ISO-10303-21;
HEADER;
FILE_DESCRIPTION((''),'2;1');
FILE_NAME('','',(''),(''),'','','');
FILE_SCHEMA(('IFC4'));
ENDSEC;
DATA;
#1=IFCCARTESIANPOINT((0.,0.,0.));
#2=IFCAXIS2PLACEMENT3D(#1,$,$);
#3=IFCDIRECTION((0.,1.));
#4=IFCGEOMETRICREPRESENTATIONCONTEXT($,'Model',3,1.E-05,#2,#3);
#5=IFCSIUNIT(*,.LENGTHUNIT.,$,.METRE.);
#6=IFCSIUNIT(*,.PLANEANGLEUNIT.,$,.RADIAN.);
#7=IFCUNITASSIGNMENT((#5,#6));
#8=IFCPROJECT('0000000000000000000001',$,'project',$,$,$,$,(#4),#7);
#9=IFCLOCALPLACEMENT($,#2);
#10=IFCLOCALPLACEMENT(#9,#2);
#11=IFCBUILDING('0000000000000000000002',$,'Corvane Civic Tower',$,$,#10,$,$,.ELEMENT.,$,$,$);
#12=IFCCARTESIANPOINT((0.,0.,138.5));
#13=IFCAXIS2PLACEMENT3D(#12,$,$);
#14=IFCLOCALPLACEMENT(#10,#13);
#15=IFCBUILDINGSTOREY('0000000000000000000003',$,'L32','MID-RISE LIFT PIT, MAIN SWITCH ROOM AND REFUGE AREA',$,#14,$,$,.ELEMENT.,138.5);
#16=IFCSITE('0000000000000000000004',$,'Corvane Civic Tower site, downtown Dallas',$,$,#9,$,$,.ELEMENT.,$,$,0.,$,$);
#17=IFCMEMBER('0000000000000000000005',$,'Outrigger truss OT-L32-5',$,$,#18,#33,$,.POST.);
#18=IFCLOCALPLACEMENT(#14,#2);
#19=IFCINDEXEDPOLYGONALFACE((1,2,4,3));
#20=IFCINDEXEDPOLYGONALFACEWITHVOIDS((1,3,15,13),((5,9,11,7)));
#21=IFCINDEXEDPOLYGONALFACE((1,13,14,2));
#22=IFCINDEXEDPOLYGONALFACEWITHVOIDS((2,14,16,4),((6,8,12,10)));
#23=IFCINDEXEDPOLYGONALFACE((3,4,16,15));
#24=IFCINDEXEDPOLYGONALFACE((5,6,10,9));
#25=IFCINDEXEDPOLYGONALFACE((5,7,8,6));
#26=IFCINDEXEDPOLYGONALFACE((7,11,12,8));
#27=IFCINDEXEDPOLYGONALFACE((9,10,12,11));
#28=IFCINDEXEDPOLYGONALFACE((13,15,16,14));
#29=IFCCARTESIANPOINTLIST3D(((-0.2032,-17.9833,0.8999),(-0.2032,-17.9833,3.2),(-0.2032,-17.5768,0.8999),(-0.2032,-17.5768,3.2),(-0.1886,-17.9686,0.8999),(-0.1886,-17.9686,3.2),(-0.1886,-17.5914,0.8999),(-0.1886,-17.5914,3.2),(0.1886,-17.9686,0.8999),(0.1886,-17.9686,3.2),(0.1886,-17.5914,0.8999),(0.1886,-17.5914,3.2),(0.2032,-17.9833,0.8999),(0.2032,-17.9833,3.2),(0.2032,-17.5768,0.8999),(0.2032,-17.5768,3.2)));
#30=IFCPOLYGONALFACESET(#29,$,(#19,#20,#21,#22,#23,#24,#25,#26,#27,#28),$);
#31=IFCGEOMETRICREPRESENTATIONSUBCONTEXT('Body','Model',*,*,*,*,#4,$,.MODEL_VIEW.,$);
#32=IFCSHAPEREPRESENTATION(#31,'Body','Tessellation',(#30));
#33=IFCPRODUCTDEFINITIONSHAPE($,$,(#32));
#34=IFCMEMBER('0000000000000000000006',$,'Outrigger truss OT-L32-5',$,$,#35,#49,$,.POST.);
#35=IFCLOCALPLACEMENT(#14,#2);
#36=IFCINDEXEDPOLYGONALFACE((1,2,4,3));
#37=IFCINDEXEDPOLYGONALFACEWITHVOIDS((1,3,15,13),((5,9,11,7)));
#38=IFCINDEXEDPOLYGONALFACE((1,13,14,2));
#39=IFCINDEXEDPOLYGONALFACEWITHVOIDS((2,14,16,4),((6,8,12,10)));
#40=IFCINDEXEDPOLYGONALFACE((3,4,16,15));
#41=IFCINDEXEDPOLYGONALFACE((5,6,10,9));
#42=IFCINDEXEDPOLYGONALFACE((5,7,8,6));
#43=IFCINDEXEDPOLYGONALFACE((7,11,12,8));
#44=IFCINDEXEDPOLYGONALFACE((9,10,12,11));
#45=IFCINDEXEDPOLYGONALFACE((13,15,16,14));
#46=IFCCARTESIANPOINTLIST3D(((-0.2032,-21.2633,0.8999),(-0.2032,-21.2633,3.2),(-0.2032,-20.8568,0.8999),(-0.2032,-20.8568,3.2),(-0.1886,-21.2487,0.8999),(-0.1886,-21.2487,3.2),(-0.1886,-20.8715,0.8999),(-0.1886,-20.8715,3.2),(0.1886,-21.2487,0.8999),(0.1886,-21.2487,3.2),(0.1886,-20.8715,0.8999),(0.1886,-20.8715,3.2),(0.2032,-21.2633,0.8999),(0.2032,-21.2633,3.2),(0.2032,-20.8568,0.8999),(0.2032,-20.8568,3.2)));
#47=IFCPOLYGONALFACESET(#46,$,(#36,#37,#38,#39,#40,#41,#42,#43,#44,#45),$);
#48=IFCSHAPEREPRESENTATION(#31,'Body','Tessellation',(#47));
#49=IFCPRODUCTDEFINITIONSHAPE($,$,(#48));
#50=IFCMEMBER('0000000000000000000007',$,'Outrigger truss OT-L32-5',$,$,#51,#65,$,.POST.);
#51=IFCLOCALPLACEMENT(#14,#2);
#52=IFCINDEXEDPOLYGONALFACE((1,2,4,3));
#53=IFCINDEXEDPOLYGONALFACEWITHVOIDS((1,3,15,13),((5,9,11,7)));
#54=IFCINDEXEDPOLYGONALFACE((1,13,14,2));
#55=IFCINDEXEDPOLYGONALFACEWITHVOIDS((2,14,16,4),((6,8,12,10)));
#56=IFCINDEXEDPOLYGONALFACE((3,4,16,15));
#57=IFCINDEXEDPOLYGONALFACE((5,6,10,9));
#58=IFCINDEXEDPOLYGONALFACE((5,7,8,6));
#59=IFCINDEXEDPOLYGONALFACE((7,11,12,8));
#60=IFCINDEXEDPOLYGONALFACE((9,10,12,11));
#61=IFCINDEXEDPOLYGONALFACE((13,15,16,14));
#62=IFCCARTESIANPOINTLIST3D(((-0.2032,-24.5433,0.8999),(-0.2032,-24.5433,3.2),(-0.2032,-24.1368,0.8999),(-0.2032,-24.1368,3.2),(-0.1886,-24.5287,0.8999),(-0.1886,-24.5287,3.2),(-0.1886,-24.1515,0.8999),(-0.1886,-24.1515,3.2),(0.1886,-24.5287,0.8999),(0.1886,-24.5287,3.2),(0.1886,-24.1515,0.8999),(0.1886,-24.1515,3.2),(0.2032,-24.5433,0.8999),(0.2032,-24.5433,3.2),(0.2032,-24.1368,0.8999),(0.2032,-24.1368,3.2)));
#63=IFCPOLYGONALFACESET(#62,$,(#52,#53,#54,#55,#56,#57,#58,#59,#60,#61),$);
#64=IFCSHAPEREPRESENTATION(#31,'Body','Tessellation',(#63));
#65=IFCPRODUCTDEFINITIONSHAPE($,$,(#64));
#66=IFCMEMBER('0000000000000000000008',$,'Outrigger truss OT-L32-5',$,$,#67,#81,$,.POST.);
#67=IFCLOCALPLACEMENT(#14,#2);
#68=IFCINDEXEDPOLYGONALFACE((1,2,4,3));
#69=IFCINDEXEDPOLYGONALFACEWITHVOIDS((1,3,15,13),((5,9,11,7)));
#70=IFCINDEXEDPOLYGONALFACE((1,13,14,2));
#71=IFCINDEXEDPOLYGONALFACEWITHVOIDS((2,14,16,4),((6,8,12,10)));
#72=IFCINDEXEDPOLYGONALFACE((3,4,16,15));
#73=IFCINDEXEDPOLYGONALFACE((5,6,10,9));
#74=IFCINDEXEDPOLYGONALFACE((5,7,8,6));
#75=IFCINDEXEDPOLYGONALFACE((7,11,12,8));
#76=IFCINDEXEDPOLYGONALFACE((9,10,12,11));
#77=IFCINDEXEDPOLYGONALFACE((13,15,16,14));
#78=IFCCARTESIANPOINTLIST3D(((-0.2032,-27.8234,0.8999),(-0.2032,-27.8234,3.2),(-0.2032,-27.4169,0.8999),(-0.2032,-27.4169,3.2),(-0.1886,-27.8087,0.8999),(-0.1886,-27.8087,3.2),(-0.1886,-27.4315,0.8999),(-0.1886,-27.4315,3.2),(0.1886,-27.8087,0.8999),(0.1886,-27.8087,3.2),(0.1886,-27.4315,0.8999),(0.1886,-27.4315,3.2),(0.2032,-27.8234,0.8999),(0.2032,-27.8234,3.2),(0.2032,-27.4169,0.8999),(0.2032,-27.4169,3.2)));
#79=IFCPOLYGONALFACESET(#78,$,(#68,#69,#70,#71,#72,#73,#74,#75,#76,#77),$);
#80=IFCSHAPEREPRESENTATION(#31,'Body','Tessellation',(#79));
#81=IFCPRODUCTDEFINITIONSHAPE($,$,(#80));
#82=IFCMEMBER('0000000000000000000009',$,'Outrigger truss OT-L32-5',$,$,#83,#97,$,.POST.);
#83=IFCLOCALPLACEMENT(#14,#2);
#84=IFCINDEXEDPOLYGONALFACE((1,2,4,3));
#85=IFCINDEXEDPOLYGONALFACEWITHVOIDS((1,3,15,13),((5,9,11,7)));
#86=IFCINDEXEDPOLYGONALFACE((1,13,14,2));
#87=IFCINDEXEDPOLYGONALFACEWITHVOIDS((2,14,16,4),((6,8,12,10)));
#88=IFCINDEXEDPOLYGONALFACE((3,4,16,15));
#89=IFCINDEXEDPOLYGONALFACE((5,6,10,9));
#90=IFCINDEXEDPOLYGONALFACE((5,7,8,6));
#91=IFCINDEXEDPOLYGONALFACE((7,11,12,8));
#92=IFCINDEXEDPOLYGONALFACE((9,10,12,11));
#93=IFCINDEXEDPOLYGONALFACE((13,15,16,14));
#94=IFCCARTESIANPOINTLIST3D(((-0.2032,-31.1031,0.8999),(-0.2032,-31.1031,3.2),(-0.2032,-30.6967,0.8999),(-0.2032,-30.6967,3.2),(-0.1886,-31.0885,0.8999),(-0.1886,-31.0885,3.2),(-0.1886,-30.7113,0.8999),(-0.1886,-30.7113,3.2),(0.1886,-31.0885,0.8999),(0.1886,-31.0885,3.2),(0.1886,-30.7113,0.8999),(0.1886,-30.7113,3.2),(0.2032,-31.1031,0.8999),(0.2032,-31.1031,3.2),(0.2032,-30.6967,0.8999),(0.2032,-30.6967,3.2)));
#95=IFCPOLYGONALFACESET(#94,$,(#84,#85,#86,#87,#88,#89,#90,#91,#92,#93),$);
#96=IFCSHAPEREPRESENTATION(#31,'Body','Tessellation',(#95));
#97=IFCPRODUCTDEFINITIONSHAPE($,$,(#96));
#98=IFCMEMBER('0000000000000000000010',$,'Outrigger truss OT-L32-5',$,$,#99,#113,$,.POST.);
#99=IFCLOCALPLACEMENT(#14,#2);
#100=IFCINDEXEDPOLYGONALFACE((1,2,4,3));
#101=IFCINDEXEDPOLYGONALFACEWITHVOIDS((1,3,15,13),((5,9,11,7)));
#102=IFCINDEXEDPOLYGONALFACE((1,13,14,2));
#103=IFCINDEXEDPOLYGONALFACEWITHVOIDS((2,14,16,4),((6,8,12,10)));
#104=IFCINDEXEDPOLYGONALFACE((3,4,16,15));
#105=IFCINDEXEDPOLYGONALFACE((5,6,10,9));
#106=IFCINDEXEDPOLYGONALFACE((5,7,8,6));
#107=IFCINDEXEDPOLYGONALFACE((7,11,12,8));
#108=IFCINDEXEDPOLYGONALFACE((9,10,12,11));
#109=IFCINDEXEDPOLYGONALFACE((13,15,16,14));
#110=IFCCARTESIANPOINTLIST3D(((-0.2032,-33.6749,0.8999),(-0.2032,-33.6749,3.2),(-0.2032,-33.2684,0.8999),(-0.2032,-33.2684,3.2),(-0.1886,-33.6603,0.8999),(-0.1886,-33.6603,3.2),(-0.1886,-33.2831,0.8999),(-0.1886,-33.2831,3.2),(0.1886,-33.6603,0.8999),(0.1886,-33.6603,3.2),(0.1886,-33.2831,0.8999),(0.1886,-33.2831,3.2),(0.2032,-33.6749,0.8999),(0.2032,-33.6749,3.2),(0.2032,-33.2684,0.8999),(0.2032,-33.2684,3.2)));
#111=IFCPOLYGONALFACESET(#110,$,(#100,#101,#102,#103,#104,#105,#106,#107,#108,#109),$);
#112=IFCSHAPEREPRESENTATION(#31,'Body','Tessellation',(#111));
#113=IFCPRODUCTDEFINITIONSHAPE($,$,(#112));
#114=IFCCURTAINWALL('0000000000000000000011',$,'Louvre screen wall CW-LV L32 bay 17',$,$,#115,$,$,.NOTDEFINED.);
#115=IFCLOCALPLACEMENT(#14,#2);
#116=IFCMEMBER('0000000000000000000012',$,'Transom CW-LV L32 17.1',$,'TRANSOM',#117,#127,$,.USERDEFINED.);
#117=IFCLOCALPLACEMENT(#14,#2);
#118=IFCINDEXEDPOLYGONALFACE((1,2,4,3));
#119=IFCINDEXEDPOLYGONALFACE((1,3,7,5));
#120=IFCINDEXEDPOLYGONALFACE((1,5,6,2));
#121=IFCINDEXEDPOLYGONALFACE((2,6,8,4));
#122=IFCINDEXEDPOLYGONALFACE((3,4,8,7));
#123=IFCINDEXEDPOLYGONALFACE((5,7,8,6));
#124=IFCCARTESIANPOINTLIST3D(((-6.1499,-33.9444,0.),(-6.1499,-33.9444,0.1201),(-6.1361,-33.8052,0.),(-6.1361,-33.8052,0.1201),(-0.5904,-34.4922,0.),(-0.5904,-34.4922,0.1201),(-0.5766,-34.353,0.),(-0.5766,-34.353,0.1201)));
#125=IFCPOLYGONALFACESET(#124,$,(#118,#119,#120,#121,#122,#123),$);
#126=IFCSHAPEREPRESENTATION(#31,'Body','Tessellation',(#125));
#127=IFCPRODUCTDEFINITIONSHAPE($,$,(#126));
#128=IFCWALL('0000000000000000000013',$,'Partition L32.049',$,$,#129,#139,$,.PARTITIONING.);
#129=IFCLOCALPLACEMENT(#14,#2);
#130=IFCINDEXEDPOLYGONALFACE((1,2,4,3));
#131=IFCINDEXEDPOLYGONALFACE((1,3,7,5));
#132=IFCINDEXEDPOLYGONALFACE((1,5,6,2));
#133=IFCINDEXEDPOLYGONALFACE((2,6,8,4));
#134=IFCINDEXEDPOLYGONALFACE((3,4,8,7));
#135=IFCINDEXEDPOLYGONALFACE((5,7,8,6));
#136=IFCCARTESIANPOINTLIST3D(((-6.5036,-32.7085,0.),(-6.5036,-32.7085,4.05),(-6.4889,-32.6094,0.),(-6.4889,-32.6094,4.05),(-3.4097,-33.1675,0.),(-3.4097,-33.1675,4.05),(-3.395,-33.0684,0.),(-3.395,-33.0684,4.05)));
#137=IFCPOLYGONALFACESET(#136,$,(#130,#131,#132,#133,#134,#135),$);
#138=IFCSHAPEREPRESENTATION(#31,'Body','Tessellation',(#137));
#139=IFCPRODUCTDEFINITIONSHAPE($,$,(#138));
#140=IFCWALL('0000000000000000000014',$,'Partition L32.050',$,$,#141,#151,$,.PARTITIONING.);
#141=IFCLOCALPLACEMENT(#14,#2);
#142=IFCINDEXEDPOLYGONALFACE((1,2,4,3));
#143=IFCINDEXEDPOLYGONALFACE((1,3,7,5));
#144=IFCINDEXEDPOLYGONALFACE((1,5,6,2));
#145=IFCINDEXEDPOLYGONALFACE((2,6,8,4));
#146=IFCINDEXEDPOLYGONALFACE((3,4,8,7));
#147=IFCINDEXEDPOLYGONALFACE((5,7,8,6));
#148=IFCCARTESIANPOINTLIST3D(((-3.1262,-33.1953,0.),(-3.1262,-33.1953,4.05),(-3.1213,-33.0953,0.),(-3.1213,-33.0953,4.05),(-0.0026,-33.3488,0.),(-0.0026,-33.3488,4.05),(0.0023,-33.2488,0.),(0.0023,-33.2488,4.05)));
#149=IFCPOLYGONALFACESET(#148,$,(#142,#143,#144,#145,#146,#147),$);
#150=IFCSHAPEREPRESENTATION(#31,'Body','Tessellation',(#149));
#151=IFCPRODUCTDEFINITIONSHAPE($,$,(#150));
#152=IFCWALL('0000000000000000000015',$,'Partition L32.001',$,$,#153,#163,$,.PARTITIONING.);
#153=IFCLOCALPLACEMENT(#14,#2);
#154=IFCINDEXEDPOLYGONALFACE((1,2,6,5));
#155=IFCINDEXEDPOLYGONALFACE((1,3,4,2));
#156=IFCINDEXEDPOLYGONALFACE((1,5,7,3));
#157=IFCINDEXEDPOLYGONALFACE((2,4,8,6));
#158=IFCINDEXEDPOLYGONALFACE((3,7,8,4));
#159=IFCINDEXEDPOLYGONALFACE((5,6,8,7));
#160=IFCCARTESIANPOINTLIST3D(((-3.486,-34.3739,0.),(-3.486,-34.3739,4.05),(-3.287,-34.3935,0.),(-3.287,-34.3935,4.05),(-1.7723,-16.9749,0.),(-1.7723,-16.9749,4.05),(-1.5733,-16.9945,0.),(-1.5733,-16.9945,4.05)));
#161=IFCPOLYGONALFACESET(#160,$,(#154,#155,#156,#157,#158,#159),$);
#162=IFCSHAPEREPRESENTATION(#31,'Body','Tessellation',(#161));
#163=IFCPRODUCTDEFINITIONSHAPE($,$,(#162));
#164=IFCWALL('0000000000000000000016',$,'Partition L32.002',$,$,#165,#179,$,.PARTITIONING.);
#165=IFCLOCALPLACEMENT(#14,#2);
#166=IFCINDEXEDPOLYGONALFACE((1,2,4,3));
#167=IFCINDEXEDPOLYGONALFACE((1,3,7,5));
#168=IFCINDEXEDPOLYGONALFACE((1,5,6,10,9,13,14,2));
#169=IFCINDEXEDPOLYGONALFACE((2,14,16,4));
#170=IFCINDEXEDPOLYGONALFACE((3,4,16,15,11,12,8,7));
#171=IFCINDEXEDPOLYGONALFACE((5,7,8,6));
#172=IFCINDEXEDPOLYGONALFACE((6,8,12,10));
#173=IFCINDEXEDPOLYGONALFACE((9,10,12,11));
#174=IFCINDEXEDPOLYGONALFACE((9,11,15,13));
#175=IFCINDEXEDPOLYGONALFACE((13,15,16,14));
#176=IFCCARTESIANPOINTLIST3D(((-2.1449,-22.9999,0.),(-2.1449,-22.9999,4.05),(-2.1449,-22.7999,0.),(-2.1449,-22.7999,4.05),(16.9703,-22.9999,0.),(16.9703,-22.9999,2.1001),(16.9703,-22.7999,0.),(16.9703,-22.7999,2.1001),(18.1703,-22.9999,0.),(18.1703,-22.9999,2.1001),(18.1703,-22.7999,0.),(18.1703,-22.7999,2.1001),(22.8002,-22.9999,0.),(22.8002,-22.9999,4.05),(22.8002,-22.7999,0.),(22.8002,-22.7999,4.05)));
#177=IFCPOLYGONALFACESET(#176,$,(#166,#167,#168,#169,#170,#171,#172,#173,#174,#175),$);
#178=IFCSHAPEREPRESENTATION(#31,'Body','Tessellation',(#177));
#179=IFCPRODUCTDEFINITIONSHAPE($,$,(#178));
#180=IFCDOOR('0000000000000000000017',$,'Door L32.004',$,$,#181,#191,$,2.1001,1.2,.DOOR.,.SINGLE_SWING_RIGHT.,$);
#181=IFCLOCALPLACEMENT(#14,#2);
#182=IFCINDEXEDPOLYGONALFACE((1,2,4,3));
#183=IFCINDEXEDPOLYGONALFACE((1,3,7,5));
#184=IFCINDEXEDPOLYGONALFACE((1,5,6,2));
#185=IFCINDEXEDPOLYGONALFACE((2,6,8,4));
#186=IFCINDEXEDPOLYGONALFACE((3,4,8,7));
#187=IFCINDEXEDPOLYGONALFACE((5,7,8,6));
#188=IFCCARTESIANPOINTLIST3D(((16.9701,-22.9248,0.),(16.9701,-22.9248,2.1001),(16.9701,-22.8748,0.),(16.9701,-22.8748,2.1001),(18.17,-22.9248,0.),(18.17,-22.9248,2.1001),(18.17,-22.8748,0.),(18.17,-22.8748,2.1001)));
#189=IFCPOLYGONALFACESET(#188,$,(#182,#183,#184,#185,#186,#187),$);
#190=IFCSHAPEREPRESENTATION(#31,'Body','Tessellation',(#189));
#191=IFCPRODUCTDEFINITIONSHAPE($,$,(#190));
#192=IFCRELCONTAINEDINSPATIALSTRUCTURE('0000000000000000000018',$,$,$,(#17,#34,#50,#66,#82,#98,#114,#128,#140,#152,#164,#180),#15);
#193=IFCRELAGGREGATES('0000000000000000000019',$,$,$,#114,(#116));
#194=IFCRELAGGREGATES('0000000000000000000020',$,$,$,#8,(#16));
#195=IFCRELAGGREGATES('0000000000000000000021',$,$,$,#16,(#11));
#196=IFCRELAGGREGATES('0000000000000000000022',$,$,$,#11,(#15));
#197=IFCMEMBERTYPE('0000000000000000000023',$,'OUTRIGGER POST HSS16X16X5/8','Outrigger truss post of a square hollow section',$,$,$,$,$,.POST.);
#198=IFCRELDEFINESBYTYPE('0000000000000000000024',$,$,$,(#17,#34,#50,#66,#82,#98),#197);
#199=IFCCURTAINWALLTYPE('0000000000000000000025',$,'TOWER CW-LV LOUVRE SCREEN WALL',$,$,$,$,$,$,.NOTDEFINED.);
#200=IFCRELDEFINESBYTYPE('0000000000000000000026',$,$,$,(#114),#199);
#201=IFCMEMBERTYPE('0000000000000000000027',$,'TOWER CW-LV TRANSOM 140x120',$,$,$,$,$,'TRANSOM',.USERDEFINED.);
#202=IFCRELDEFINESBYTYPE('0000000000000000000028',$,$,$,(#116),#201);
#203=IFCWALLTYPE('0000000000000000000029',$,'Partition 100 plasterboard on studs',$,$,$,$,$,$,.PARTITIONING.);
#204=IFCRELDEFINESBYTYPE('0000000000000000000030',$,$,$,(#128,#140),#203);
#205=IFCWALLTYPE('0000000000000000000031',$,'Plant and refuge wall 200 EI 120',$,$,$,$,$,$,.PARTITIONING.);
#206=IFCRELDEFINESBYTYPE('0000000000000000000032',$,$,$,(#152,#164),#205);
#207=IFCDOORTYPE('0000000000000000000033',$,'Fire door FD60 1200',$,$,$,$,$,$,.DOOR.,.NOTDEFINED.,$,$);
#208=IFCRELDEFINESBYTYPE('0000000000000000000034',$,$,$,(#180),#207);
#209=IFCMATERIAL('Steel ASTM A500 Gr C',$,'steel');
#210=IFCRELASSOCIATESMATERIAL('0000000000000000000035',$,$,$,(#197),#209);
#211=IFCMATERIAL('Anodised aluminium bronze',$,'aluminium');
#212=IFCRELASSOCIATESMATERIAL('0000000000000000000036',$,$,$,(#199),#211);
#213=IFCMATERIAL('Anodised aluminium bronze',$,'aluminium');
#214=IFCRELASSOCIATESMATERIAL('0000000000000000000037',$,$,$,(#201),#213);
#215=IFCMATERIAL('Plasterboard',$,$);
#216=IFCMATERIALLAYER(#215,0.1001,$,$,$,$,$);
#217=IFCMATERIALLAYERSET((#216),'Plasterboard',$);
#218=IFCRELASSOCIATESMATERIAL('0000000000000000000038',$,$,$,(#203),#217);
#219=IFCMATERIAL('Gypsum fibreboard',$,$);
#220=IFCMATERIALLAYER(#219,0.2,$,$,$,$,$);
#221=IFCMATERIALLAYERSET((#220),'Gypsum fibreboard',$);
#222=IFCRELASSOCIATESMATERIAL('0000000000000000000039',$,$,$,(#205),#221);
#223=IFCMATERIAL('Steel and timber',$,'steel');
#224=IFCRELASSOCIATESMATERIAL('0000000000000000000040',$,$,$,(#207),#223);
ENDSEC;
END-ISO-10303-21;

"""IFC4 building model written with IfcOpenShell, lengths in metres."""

from ifc_helpers import new_model, si_unit, direction, frame, frame_2d, origin, origin_2d, place, context, subcontext, project, spatial, rectangle, hollow_rectangle, extrude, material, layer, layer_set, material_profile, profile_set, type_object, element, fill, aggregate, save


model = new_model("IFC4")

# Units and contexts
model_context = context("Model", 3, precision=1e-05, world=origin(), true_north=direction((0.0, 1.0)))
body_context = subcontext(model_context, "Body", "Model", "MODEL_VIEW")
ifc_project = project(units=[si_unit("LENGTHUNIT", "METRE"), si_unit("PLANEANGLEUNIT", "RADIAN")], contexts=[model_context])

# Site, building, storey
site_placement = place(None, origin())
site = spatial("IfcSite", under=ifc_project, at=site_placement, Name="Corvane Civic Tower site, downtown Dallas", CompositionType="ELEMENT", RefElevation=0.0)
building_placement = place(site_placement, origin())
building = spatial("IfcBuilding", under=site, at=building_placement, Name="Corvane Civic Tower", CompositionType="ELEMENT")
storey_placement = place(building_placement, frame((0.0, 0.0, 138.5)))
storey = spatial("IfcBuildingStorey", under=building, at=storey_placement, Name="L32", Description="MID-RISE LIFT PIT, MAIN SWITCH ROOM AND REFUGE AREA", CompositionType="ELEMENT", Elevation=138.5)

# Members
ifc_material_1 = material(Name="Steel ASTM A500 Gr C", Category="steel")
ifc_material_profile_1 = material_profile(ifc_material_1, hollow_rectangle(XDim=0.4065, YDim=0.4065, WallThickness=0.0146, at=origin_2d()), Name="HSS16X16X5/8")
ifc_profile_set_1 = profile_set([ifc_material_profile_1], Name="Steel ASTM A500 Gr C")
member_type_1 = type_object("IfcMemberType", Name="OUTRIGGER POST HSS16X16X5/8", Description="Outrigger truss post of a square hollow section", PredefinedType="POST", material=ifc_profile_set_1)
for number, where, z_axis, x_axis, name in (
    (1, (0.0, -17.78, 0.8999), (0.0, 0.0, 1.0), (1.0, 0.0, 0.0), "Outrigger truss OT-L32-5"),
    (2, (0.0, -21.0601, 0.8999), (0.0, 0.0, 1.0), (1.0, 0.0, 0.0), "Outrigger truss OT-L32-5"),
    (3, (0.0, -24.3401, 0.8999), (0.0, 0.0, 1.0), (1.0, 0.0, 0.0), "Outrigger truss OT-L32-5"),
    (4, (0.0, -27.6201, 0.8999), (0.0, 0.0, 1.0), (1.0, 0.0, 0.0), "Outrigger truss OT-L32-5"),
    (5, (0.0, -30.8999, 0.8999), (0.0, 0.0, 1.0), (1.0, 0.0, 0.0), "Outrigger truss OT-L32-5"),
    (6, (0.0, -33.4717, 0.8999), (0.0, 0.0, 1.0), (1.0, 0.0, 0.0), "Outrigger truss OT-L32-5"),
):
    element("IfcMember", number, at=place(storey_placement, frame(where, z_axis=z_axis, x_axis=x_axis)), inside=storey, type_object=member_type_1, Name=name, PredefinedType="POST", context=body_context, shape_type="SweptSolid", body=[
        extrude(hollow_rectangle(XDim=0.4065, YDim=0.4065, WallThickness=0.0146, at=origin_2d()), origin(), (0.0, 0.0, 1.0), 2.3),
    ])

# Curtain wall, member
ifc_material_2 = material(Name="Anodised aluminium bronze", Category="aluminium")
curtain_wall_type = type_object("IfcCurtainWallType", Name="TOWER CW-LV LOUVRE SCREEN WALL", PredefinedType="NOTDEFINED", material=ifc_material_2)
curtain_wall_placement = place(storey_placement, origin())
curtain_wall = element("IfcCurtainWall", 7, at=curtain_wall_placement, inside=storey, type_object=curtain_wall_type, Name="Louvre screen wall CW-LV L32 bay 17", PredefinedType="NOTDEFINED")
ifc_material_3 = material(Name="Anodised aluminium bronze", Category="aluminium")
ifc_material_profile_2 = material_profile(ifc_material_3, rectangle(XDim=0.1399, YDim=0.1201, at=origin_2d()), Name="TOWER CW-LV TRANSOM 140x120")
ifc_profile_set_2 = profile_set([ifc_material_profile_2], Name="Anodised aluminium bronze")
member_type_2 = type_object("IfcMemberType", Name="TOWER CW-LV TRANSOM 140x120", ElementType="TRANSOM", PredefinedType="USERDEFINED", material=ifc_profile_set_2)
member_1_placement = place(storey_placement, frame((-0.5835, -34.4226, 0.0601), z_axis=(-0.99518, 0.098067, 0.0), x_axis=(-0.098067, -0.99518, 0.0)))
member_1 = element("IfcMember", 8, at=member_1_placement, type_object=member_type_2, Name="Transom CW-LV L32 17.1", ObjectType="TRANSOM", PredefinedType="USERDEFINED", context=body_context, shape_type="SweptSolid", body=[
    extrude(rectangle(XDim=0.1399, YDim=0.1201, at=origin_2d()), origin(), (0.0, 0.0, 1.0), 5.5864),
])

# Walls
ifc_material_4 = material(Name="Plasterboard")
ifc_layer_1 = layer(ifc_material_4, 0.1001)
ifc_layer_set_1 = layer_set([ifc_layer_1], Name="Plasterboard")
wall_type_1 = type_object("IfcWallType", Name="Partition 100 plasterboard on studs", PredefinedType="PARTITIONING", material=ifc_layer_set_1)
wall_1_placement = place(storey_placement, frame((-6.4963, -32.6589, 0.0), z_axis=(0.0, 0.0, 1.0), x_axis=(0.989173, -0.146752, 0.0)))
element("IfcWall", 9, at=wall_1_placement, inside=storey, type_object=wall_type_1, Name="Partition L32.049", PredefinedType="PARTITIONING", context=body_context, shape_type="SweptSolid", body=[
    extrude(rectangle(XDim=3.1277, YDim=0.1001, at=frame_2d((1.564, 0.0))), origin(), (0.0, 0.0, 1.0), 4.05),
])
wall_2_placement = place(storey_placement, frame((-3.1238, -33.1453, 0.0), z_axis=(0.0, 0.0, 1.0), x_axis=(0.998794, -0.049101, 0.0)))
element("IfcWall", 10, at=wall_2_placement, inside=storey, type_object=wall_type_1, Name="Partition L32.050", PredefinedType="PARTITIONING", context=body_context, shape_type="SweptSolid", body=[
    extrude(rectangle(XDim=3.1274, YDim=0.1001, at=frame_2d((1.5637, 0.0))), origin(), (0.0, 0.0, 1.0), 4.05),
])
ifc_material_5 = material(Name="Gypsum fibreboard")
ifc_layer_2 = layer(ifc_material_5, 0.2)
ifc_layer_set_2 = layer_set([ifc_layer_2], Name="Gypsum fibreboard")
wall_type_2 = type_object("IfcWallType", Name="Plant and refuge wall 200 EI 120", PredefinedType="PARTITIONING", material=ifc_layer_set_2)
wall_3_placement = place(storey_placement, frame((-3.3865, -34.3838, 0.0), z_axis=(0.0, 0.0, 1.0), x_axis=(0.098016, 0.995185, 0.0)))
element("IfcWall", 11, at=wall_3_placement, inside=storey, type_object=wall_type_2, Name="Partition L32.001", PredefinedType="PARTITIONING", context=body_context, shape_type="SweptSolid", body=[
    extrude(rectangle(XDim=17.4832, YDim=0.2, at=frame_2d((8.7417, 0.0))), origin(), (0.0, 0.0, 1.0), 4.05),
])

# Wall, opening, door
wall_4_placement = place(storey_placement, frame((-2.145, -22.8999, 0.0), z_axis=(0.0, 0.0, 1.0), x_axis=(1.0, 0.0, 0.0)))
wall_4 = element("IfcWall", 12, at=wall_4_placement, inside=storey, type_object=wall_type_2, Name="Partition L32.002", PredefinedType="PARTITIONING", context=body_context, shape_type="SweptSolid", body=[
    extrude(rectangle(XDim=24.9451, YDim=0.2, at=frame_2d((12.4727, 0.0))), origin(), (0.0, 0.0, 1.0), 4.05),
])
opening_placement = place(wall_4_placement, frame((19.1152, 0.0, 0.0)))
opening = element("IfcOpeningElement", 13, at=opening_placement, cuts=wall_4, PredefinedType="OPENING", context=body_context, shape_type="SweptSolid", body=[
    extrude(rectangle(XDim=1.2, YDim=2.1001, at=frame_2d((0.6001, 1.05))), frame((0.0, 0.1099, 0.0), z_axis=(0.0, -1.0, 0.0), x_axis=(1.0, 0.0, 0.0)), (0.0, 0.0, 1.0), 0.22),
])
ifc_material_6 = material(Name="Steel and timber", Category="steel")
door_type = type_object("IfcDoorType", Name="Fire door FD60 1200", OperationType="NOTDEFINED", PredefinedType="DOOR", material=ifc_material_6)
door_placement = place(opening_placement, frame((1.2, 0.0, 0.0), z_axis=(0.0, 0.0, 1.0), x_axis=(-1.0, 0.0, 0.0)))
door = element("IfcDoor", 14, at=door_placement, inside=storey, type_object=door_type, Name="Door L32.004", OperationType="SINGLE_SWING_RIGHT", OverallHeight=2.1001, OverallWidth=1.2, PredefinedType="DOOR", context=body_context, shape_type="SweptSolid", body=[
    extrude(rectangle(XDim=1.2, YDim=2.1001, at=frame_2d((0.6001, 1.05))), frame((0.0, 0.0249, 0.0), z_axis=(0.0, -1.0, 0.0), x_axis=(1.0, 0.0, 0.0)), (0.0, 0.0, 1.0), 0.05),
])
fill(opening, door)

aggregate(curtain_wall, [member_1])

save(model, "model.ifc")
